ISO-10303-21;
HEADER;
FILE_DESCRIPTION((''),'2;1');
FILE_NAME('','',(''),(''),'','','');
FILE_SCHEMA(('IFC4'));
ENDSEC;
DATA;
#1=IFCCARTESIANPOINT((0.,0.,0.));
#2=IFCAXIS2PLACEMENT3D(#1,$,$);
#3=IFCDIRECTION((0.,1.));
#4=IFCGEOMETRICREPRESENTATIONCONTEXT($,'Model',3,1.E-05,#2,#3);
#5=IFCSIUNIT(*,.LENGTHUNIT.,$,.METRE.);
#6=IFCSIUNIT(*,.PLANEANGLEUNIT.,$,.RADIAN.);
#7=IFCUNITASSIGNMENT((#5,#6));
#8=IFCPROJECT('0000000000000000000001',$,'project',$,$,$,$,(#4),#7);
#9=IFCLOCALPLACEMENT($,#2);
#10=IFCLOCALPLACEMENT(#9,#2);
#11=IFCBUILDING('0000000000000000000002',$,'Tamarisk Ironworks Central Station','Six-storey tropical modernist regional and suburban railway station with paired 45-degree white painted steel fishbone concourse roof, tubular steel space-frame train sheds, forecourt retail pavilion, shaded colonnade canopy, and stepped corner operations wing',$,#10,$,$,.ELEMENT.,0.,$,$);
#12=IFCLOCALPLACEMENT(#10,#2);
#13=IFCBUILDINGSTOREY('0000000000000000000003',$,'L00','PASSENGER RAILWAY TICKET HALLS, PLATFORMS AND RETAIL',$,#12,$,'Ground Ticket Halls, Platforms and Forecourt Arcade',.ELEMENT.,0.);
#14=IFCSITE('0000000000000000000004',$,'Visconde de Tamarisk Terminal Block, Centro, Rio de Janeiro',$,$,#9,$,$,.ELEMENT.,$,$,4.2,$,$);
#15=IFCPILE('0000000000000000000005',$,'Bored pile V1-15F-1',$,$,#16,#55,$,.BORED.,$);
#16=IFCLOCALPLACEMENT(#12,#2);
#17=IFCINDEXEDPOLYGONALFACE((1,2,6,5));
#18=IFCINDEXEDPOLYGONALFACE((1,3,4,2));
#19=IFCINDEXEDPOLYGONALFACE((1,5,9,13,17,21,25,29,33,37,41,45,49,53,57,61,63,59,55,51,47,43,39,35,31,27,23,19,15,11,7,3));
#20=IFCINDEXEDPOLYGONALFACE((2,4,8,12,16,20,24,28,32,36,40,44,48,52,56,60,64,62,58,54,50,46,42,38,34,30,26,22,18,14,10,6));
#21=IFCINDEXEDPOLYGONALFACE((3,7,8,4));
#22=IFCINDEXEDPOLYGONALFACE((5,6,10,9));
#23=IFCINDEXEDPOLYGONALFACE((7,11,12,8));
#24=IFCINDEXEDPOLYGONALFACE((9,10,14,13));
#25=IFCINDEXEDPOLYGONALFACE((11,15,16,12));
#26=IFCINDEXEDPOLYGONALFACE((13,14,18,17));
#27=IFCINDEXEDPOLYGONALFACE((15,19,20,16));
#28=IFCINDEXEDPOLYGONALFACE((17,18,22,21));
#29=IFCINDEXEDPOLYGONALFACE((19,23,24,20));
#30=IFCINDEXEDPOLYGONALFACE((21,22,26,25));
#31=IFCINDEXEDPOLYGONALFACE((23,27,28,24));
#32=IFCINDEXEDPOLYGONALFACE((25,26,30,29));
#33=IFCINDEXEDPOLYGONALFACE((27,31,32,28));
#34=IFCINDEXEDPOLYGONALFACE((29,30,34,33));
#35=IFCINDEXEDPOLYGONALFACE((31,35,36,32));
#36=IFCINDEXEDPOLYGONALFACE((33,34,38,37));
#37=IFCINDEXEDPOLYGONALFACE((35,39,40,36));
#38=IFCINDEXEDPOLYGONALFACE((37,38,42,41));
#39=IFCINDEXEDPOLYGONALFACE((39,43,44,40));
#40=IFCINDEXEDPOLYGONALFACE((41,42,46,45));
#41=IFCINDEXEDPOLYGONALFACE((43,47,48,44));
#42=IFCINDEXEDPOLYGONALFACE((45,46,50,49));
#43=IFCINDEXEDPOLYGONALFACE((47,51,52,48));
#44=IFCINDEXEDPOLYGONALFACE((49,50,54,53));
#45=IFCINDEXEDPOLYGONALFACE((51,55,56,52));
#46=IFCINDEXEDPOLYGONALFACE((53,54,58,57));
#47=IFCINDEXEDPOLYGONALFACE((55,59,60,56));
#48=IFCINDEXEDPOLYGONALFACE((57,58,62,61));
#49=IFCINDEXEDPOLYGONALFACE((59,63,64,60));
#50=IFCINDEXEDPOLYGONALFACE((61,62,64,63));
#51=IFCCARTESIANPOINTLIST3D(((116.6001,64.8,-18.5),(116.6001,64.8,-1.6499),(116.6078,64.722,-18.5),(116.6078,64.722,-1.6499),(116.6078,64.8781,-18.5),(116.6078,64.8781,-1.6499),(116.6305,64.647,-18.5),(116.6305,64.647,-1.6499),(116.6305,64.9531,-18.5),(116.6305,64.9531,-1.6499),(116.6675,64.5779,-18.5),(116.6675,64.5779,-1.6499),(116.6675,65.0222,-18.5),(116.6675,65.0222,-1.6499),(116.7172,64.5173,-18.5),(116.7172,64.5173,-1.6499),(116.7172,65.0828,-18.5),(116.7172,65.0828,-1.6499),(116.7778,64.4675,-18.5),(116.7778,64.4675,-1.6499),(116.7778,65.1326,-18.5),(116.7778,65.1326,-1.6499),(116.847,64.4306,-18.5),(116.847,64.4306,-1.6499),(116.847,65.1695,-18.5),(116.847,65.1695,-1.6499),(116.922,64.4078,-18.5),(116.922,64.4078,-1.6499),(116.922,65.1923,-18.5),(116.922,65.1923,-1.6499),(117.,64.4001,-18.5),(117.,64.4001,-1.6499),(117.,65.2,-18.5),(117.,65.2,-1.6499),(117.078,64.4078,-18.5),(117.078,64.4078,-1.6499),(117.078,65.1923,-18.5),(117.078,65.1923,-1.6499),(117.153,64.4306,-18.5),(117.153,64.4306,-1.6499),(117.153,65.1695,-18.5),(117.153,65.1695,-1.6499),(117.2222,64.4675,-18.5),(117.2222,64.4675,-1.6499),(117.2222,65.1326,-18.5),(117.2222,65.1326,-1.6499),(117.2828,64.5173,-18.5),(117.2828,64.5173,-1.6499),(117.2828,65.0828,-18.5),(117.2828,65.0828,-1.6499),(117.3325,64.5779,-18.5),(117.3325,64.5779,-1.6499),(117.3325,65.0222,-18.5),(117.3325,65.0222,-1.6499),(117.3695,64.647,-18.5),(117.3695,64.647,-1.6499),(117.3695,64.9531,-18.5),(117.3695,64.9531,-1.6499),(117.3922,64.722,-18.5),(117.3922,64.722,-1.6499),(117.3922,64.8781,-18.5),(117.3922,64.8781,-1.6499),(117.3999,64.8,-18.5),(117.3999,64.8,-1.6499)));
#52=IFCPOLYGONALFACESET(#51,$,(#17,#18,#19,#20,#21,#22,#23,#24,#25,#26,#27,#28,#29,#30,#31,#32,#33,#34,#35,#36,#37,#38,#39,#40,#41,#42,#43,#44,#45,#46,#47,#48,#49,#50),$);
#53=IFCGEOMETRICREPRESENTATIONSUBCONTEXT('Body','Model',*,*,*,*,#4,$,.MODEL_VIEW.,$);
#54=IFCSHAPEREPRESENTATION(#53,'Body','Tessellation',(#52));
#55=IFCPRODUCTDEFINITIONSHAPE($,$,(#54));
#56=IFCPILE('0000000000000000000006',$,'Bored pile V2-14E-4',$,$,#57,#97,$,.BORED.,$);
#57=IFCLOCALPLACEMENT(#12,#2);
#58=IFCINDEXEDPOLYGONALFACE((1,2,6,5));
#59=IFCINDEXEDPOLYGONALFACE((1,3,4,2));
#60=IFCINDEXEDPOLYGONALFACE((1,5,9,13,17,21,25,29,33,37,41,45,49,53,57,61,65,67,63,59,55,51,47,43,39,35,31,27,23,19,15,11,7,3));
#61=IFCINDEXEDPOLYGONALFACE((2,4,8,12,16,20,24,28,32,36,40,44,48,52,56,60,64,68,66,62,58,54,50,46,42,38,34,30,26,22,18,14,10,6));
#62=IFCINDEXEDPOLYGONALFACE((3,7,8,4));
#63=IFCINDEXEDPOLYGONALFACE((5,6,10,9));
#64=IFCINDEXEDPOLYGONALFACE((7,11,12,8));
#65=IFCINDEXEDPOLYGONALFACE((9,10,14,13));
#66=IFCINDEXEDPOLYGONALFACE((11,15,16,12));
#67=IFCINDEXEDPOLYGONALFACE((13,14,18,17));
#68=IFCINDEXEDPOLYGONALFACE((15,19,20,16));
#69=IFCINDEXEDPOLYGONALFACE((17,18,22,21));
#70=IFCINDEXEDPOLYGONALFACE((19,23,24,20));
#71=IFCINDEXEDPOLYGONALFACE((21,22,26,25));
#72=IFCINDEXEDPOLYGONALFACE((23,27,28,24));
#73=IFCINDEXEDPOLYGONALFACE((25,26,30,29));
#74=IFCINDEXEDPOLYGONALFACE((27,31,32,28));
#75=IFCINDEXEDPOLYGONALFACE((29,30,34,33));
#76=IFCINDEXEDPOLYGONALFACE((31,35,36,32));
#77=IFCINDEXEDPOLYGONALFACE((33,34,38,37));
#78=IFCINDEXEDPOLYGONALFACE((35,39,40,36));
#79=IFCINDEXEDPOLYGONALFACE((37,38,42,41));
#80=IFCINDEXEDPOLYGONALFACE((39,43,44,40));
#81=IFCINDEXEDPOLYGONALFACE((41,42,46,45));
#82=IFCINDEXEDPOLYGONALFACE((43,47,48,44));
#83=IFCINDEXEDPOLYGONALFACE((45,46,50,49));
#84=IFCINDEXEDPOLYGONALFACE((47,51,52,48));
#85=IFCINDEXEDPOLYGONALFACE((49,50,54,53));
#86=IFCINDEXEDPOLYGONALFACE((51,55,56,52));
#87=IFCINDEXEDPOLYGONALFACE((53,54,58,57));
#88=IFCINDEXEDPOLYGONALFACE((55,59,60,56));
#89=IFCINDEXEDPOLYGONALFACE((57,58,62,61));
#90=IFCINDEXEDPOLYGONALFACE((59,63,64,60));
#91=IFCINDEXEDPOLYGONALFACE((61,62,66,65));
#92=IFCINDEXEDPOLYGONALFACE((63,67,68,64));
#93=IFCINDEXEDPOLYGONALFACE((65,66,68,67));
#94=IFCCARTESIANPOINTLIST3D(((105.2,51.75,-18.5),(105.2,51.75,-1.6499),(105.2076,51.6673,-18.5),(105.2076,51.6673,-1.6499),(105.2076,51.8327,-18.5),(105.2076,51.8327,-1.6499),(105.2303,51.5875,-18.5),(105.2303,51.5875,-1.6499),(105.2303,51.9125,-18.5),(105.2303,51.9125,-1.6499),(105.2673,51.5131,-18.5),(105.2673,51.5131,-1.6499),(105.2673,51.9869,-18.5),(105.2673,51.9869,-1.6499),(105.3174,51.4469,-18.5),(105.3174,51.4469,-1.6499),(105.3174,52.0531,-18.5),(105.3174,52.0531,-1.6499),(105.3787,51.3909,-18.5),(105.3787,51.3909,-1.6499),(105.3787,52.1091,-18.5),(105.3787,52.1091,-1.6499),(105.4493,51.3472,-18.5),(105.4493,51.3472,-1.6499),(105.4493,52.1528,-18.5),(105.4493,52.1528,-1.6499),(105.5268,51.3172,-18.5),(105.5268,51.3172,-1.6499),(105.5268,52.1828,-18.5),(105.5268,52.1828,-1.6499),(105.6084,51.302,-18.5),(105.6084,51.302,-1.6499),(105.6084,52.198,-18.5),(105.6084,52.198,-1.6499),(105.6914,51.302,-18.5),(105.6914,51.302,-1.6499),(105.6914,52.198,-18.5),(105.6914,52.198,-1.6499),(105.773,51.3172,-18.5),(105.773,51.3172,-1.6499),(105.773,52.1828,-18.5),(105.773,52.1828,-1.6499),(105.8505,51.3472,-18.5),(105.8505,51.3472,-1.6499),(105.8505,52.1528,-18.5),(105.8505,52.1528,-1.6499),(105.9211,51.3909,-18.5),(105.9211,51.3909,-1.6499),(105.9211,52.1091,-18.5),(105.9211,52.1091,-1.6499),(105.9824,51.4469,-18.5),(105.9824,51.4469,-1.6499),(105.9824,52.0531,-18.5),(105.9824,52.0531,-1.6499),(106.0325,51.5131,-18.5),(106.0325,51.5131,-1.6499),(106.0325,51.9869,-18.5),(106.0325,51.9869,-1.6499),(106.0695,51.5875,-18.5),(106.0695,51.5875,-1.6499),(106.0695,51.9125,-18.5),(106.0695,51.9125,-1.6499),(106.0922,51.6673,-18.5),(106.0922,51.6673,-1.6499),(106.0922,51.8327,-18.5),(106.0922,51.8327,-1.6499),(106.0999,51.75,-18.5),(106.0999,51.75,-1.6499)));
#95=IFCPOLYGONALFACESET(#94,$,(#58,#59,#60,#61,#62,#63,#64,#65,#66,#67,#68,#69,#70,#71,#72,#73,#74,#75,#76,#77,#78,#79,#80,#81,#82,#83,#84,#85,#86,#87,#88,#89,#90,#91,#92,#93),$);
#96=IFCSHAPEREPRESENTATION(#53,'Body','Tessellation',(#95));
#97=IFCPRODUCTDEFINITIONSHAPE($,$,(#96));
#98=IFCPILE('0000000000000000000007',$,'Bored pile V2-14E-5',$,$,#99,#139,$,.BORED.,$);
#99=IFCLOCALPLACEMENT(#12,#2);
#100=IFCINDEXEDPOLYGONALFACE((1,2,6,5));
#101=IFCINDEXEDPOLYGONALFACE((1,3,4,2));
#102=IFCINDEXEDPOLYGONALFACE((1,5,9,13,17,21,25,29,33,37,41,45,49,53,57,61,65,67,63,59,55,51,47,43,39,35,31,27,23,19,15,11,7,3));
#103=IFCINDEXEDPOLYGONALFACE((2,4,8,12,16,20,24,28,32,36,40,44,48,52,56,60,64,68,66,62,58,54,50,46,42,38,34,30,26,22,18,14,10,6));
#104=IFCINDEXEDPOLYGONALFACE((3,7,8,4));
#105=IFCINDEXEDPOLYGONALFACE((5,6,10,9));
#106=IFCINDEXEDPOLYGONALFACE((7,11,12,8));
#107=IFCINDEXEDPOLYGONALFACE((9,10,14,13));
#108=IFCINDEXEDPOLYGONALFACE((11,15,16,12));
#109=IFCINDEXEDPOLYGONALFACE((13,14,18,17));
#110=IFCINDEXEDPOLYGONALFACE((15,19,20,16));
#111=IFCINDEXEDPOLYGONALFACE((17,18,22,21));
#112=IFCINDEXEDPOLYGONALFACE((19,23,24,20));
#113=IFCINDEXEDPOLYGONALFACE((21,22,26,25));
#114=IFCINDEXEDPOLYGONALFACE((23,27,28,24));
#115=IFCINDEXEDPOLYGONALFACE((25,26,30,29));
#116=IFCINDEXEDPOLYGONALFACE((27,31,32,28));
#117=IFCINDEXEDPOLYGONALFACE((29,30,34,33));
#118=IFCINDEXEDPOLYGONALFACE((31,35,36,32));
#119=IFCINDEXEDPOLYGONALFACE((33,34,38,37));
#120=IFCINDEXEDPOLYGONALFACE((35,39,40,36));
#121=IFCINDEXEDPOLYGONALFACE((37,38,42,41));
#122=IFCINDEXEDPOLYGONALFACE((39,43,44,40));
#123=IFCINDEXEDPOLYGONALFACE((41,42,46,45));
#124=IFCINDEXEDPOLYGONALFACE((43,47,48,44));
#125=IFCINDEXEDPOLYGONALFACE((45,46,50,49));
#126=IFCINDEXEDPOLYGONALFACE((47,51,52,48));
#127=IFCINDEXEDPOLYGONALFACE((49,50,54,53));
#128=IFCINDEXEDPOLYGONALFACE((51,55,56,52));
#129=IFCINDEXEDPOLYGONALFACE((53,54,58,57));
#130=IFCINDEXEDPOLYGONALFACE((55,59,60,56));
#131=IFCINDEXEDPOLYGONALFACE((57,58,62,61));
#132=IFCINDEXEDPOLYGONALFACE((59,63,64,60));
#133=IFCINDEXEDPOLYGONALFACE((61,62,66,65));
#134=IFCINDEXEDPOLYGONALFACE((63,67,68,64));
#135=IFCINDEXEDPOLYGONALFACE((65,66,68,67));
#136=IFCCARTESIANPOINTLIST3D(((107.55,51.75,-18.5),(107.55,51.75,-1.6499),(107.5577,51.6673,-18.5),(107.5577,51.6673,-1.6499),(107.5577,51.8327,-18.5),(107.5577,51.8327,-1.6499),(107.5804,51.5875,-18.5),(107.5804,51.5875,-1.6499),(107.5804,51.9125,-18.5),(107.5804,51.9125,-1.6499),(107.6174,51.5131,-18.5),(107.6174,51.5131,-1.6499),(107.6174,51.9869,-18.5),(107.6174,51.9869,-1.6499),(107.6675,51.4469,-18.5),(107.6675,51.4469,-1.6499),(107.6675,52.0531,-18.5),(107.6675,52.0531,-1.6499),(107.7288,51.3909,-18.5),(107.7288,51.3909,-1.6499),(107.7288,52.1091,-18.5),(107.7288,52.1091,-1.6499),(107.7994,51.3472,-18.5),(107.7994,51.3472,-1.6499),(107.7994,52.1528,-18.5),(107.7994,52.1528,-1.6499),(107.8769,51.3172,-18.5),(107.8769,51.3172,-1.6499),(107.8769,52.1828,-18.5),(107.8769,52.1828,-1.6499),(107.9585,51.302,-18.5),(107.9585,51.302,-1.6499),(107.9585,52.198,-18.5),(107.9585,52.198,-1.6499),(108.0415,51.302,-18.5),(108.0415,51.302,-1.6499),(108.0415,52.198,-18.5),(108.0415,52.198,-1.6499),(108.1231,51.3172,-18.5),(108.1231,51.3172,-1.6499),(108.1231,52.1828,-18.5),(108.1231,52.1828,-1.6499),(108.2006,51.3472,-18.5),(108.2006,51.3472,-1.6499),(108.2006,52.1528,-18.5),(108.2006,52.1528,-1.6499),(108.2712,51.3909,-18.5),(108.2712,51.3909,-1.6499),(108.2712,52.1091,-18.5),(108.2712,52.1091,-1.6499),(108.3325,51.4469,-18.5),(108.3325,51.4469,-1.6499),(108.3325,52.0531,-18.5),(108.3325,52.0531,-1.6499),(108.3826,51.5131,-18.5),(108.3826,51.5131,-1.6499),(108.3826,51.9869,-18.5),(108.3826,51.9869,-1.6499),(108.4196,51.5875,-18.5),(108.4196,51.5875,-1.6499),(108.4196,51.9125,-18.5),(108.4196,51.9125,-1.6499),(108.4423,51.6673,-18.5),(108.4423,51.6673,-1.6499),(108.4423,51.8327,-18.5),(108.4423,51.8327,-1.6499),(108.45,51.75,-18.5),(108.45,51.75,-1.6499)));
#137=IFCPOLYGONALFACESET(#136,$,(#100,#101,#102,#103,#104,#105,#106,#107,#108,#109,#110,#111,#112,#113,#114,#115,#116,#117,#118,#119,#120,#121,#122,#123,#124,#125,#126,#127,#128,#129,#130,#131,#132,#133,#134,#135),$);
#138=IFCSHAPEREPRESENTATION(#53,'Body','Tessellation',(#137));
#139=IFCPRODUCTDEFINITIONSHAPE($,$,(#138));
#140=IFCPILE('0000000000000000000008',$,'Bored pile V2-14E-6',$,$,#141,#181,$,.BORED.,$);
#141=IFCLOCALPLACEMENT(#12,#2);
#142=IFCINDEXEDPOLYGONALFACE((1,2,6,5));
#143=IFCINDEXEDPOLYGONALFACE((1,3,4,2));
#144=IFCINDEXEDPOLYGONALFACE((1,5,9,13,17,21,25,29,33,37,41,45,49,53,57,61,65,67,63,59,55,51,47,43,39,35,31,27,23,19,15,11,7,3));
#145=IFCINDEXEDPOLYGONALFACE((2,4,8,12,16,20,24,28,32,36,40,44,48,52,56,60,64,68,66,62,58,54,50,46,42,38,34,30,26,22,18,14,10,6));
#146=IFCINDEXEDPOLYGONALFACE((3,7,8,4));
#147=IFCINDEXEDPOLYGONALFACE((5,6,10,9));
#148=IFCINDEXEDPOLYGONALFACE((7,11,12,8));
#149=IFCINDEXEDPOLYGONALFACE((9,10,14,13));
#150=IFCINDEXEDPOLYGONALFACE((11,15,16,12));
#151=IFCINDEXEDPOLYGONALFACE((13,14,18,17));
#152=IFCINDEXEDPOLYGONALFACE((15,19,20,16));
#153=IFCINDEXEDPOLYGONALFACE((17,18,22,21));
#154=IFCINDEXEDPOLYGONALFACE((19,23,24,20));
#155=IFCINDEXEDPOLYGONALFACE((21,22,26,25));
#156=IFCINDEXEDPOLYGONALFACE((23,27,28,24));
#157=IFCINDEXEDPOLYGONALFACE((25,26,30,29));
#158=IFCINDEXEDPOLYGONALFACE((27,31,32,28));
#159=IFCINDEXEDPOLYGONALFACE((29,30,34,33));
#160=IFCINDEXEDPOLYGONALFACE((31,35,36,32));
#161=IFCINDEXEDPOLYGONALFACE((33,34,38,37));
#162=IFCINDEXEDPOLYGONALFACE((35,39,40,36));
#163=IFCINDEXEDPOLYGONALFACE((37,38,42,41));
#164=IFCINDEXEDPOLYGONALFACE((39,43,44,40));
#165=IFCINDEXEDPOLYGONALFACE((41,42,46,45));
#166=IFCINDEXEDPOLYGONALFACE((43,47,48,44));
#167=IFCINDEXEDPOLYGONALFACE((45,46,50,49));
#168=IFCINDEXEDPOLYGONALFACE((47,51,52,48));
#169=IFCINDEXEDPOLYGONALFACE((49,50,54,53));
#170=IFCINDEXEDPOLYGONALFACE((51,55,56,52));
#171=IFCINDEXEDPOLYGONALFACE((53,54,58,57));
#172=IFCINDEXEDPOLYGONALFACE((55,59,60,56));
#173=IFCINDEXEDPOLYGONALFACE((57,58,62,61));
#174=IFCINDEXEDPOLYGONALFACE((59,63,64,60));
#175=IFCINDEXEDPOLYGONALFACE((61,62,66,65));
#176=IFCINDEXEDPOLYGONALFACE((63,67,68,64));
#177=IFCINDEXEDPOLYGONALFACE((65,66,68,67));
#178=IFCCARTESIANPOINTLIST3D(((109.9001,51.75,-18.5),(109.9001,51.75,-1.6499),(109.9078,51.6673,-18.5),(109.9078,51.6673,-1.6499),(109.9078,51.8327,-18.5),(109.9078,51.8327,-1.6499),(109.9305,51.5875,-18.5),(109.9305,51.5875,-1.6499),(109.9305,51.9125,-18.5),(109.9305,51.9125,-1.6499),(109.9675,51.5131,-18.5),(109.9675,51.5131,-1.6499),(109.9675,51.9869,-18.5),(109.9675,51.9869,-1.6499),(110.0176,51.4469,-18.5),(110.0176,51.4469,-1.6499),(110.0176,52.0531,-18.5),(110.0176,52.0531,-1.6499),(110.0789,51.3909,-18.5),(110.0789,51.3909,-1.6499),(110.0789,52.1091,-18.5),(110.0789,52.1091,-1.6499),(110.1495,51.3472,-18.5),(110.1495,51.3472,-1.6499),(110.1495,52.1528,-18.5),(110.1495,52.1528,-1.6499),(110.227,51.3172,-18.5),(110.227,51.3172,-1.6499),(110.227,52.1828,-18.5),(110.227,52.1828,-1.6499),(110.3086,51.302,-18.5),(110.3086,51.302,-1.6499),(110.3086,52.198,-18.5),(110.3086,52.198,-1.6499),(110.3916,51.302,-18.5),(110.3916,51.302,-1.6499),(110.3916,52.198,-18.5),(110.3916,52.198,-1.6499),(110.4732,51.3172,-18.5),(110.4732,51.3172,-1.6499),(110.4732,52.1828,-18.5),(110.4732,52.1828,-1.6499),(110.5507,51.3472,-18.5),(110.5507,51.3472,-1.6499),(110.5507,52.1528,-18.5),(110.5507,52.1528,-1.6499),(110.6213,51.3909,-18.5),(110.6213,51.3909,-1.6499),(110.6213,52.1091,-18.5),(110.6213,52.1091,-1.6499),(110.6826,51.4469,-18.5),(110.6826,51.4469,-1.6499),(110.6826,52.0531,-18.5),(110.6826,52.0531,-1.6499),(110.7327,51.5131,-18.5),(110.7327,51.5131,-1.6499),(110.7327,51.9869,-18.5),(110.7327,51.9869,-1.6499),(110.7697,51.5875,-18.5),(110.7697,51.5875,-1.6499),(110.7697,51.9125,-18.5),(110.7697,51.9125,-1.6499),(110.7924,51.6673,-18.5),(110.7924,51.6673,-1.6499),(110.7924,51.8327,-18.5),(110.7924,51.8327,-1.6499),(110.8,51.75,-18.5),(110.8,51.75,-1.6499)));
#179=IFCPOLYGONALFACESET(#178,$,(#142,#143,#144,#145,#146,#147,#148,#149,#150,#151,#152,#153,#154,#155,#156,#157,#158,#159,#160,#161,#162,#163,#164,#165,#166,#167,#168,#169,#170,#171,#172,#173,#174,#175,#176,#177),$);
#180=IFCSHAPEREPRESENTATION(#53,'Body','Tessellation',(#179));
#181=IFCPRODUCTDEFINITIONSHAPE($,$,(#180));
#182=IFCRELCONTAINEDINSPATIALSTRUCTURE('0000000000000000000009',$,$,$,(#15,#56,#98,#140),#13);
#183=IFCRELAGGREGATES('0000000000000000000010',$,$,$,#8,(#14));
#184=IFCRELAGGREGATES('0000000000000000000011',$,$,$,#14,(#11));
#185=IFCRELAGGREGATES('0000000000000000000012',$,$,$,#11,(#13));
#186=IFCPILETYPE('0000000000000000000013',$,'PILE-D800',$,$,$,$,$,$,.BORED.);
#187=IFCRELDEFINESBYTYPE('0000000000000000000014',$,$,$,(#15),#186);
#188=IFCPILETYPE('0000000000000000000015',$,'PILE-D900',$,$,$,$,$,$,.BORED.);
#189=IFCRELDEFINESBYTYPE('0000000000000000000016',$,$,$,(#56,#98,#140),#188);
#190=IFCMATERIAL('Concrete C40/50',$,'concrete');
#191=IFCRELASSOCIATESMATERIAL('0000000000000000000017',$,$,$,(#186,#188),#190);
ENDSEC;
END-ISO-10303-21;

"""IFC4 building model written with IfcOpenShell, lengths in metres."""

from ifc_helpers import new_model, si_unit, direction, frame, origin, origin_2d, place, context, subcontext, project, spatial, circle, extrude, material, material_profile, profile_set, type_object, element, save


model = new_model("IFC4")

# Units and contexts
model_context = context("Model", 3, precision=1e-05, world=origin(), true_north=direction((0.0, 1.0)))
body_context = subcontext(model_context, "Body", "Model", "MODEL_VIEW")
ifc_project = project(units=[si_unit("LENGTHUNIT", "METRE"), si_unit("PLANEANGLEUNIT", "RADIAN")], contexts=[model_context])

# Site, building, storey
site_placement = place(None, origin())
site = spatial("IfcSite", under=ifc_project, at=site_placement, Name="Visconde de Tamarisk Terminal Block, Centro, Rio de Janeiro", CompositionType="ELEMENT", RefElevation=4.2)
building_placement = place(site_placement, origin())
building = spatial("IfcBuilding", under=site, at=building_placement, Name="Tamarisk Ironworks Central Station", Description="Six-storey tropical modernist regional and suburban railway station with paired 45-degree white painted steel fishbone concourse roof, tubular steel space-frame train sheds, forecourt retail pavilion, shaded colonnade canopy, and stepped corner operations wing", CompositionType="ELEMENT", ElevationOfRefHeight=0.0)
storey_placement = place(building_placement, origin())
storey = spatial("IfcBuildingStorey", under=building, at=storey_placement, Name="L00", Description="PASSENGER RAILWAY TICKET HALLS, PLATFORMS AND RETAIL", LongName="Ground Ticket Halls, Platforms and Forecourt Arcade", CompositionType="ELEMENT", Elevation=0.0)

# Shared definitions
ifc_material_1 = material(Name="Concrete C40/50", Category="concrete")

# Piles
ifc_material_profile_1 = material_profile(ifc_material_1, circle(Radius=0.3999, at=origin_2d()), Name="BORED PILE D800")
ifc_profile_set_1 = profile_set([ifc_material_profile_1], Name="Concrete C40/50")
pile_type_1 = type_object("IfcPileType", Name="PILE-D800", PredefinedType="BORED", material=ifc_profile_set_1)
for number, where, z_axis, x_axis, name in (
    (1, (117.0, 64.8, -1.6499), (0.0, 0.0, -1.0), (1.0, 0.0, 0.0), "Bored pile V1-15F-1"),
):
    element("IfcPile", number, at=place(storey_placement, frame(where, z_axis=z_axis, x_axis=x_axis)), inside=storey, type_object=pile_type_1, Name=name, PredefinedType="BORED", context=body_context, shape_type="SweptSolid", body=[
        extrude(circle(Radius=0.3999, at=origin_2d()), origin(), (0.0, 0.0, 1.0), 16.8501),
    ])
ifc_material_profile_2 = material_profile(ifc_material_1, circle(Radius=0.45, at=origin_2d()), Name="BORED PILE D900")
ifc_profile_set_2 = profile_set([ifc_material_profile_2], Name="Concrete C40/50")
pile_type_2 = type_object("IfcPileType", Name="PILE-D900", PredefinedType="BORED", material=ifc_profile_set_2)
for number, where, z_axis, x_axis, name in (
    (2, (105.6499, 51.75, -1.6499), (0.0, 0.0, -1.0), (1.0, 0.0, 0.0), "Bored pile V2-14E-4"),
    (3, (108.0, 51.75, -1.6499), (0.0, 0.0, -1.0), (1.0, 0.0, 0.0), "Bored pile V2-14E-5"),
    (4, (110.3501, 51.75, -1.6499), (0.0, 0.0, -1.0), (1.0, 0.0, 0.0), "Bored pile V2-14E-6"),
):
    element("IfcPile", number, at=place(storey_placement, frame(where, z_axis=z_axis, x_axis=x_axis)), inside=storey, type_object=pile_type_2, Name=name, PredefinedType="BORED", context=body_context, shape_type="SweptSolid", body=[
        extrude(circle(Radius=0.45, at=origin_2d()), origin(), (0.0, 0.0, 1.0), 16.8501),
    ])

save(model, "model.ifc")
